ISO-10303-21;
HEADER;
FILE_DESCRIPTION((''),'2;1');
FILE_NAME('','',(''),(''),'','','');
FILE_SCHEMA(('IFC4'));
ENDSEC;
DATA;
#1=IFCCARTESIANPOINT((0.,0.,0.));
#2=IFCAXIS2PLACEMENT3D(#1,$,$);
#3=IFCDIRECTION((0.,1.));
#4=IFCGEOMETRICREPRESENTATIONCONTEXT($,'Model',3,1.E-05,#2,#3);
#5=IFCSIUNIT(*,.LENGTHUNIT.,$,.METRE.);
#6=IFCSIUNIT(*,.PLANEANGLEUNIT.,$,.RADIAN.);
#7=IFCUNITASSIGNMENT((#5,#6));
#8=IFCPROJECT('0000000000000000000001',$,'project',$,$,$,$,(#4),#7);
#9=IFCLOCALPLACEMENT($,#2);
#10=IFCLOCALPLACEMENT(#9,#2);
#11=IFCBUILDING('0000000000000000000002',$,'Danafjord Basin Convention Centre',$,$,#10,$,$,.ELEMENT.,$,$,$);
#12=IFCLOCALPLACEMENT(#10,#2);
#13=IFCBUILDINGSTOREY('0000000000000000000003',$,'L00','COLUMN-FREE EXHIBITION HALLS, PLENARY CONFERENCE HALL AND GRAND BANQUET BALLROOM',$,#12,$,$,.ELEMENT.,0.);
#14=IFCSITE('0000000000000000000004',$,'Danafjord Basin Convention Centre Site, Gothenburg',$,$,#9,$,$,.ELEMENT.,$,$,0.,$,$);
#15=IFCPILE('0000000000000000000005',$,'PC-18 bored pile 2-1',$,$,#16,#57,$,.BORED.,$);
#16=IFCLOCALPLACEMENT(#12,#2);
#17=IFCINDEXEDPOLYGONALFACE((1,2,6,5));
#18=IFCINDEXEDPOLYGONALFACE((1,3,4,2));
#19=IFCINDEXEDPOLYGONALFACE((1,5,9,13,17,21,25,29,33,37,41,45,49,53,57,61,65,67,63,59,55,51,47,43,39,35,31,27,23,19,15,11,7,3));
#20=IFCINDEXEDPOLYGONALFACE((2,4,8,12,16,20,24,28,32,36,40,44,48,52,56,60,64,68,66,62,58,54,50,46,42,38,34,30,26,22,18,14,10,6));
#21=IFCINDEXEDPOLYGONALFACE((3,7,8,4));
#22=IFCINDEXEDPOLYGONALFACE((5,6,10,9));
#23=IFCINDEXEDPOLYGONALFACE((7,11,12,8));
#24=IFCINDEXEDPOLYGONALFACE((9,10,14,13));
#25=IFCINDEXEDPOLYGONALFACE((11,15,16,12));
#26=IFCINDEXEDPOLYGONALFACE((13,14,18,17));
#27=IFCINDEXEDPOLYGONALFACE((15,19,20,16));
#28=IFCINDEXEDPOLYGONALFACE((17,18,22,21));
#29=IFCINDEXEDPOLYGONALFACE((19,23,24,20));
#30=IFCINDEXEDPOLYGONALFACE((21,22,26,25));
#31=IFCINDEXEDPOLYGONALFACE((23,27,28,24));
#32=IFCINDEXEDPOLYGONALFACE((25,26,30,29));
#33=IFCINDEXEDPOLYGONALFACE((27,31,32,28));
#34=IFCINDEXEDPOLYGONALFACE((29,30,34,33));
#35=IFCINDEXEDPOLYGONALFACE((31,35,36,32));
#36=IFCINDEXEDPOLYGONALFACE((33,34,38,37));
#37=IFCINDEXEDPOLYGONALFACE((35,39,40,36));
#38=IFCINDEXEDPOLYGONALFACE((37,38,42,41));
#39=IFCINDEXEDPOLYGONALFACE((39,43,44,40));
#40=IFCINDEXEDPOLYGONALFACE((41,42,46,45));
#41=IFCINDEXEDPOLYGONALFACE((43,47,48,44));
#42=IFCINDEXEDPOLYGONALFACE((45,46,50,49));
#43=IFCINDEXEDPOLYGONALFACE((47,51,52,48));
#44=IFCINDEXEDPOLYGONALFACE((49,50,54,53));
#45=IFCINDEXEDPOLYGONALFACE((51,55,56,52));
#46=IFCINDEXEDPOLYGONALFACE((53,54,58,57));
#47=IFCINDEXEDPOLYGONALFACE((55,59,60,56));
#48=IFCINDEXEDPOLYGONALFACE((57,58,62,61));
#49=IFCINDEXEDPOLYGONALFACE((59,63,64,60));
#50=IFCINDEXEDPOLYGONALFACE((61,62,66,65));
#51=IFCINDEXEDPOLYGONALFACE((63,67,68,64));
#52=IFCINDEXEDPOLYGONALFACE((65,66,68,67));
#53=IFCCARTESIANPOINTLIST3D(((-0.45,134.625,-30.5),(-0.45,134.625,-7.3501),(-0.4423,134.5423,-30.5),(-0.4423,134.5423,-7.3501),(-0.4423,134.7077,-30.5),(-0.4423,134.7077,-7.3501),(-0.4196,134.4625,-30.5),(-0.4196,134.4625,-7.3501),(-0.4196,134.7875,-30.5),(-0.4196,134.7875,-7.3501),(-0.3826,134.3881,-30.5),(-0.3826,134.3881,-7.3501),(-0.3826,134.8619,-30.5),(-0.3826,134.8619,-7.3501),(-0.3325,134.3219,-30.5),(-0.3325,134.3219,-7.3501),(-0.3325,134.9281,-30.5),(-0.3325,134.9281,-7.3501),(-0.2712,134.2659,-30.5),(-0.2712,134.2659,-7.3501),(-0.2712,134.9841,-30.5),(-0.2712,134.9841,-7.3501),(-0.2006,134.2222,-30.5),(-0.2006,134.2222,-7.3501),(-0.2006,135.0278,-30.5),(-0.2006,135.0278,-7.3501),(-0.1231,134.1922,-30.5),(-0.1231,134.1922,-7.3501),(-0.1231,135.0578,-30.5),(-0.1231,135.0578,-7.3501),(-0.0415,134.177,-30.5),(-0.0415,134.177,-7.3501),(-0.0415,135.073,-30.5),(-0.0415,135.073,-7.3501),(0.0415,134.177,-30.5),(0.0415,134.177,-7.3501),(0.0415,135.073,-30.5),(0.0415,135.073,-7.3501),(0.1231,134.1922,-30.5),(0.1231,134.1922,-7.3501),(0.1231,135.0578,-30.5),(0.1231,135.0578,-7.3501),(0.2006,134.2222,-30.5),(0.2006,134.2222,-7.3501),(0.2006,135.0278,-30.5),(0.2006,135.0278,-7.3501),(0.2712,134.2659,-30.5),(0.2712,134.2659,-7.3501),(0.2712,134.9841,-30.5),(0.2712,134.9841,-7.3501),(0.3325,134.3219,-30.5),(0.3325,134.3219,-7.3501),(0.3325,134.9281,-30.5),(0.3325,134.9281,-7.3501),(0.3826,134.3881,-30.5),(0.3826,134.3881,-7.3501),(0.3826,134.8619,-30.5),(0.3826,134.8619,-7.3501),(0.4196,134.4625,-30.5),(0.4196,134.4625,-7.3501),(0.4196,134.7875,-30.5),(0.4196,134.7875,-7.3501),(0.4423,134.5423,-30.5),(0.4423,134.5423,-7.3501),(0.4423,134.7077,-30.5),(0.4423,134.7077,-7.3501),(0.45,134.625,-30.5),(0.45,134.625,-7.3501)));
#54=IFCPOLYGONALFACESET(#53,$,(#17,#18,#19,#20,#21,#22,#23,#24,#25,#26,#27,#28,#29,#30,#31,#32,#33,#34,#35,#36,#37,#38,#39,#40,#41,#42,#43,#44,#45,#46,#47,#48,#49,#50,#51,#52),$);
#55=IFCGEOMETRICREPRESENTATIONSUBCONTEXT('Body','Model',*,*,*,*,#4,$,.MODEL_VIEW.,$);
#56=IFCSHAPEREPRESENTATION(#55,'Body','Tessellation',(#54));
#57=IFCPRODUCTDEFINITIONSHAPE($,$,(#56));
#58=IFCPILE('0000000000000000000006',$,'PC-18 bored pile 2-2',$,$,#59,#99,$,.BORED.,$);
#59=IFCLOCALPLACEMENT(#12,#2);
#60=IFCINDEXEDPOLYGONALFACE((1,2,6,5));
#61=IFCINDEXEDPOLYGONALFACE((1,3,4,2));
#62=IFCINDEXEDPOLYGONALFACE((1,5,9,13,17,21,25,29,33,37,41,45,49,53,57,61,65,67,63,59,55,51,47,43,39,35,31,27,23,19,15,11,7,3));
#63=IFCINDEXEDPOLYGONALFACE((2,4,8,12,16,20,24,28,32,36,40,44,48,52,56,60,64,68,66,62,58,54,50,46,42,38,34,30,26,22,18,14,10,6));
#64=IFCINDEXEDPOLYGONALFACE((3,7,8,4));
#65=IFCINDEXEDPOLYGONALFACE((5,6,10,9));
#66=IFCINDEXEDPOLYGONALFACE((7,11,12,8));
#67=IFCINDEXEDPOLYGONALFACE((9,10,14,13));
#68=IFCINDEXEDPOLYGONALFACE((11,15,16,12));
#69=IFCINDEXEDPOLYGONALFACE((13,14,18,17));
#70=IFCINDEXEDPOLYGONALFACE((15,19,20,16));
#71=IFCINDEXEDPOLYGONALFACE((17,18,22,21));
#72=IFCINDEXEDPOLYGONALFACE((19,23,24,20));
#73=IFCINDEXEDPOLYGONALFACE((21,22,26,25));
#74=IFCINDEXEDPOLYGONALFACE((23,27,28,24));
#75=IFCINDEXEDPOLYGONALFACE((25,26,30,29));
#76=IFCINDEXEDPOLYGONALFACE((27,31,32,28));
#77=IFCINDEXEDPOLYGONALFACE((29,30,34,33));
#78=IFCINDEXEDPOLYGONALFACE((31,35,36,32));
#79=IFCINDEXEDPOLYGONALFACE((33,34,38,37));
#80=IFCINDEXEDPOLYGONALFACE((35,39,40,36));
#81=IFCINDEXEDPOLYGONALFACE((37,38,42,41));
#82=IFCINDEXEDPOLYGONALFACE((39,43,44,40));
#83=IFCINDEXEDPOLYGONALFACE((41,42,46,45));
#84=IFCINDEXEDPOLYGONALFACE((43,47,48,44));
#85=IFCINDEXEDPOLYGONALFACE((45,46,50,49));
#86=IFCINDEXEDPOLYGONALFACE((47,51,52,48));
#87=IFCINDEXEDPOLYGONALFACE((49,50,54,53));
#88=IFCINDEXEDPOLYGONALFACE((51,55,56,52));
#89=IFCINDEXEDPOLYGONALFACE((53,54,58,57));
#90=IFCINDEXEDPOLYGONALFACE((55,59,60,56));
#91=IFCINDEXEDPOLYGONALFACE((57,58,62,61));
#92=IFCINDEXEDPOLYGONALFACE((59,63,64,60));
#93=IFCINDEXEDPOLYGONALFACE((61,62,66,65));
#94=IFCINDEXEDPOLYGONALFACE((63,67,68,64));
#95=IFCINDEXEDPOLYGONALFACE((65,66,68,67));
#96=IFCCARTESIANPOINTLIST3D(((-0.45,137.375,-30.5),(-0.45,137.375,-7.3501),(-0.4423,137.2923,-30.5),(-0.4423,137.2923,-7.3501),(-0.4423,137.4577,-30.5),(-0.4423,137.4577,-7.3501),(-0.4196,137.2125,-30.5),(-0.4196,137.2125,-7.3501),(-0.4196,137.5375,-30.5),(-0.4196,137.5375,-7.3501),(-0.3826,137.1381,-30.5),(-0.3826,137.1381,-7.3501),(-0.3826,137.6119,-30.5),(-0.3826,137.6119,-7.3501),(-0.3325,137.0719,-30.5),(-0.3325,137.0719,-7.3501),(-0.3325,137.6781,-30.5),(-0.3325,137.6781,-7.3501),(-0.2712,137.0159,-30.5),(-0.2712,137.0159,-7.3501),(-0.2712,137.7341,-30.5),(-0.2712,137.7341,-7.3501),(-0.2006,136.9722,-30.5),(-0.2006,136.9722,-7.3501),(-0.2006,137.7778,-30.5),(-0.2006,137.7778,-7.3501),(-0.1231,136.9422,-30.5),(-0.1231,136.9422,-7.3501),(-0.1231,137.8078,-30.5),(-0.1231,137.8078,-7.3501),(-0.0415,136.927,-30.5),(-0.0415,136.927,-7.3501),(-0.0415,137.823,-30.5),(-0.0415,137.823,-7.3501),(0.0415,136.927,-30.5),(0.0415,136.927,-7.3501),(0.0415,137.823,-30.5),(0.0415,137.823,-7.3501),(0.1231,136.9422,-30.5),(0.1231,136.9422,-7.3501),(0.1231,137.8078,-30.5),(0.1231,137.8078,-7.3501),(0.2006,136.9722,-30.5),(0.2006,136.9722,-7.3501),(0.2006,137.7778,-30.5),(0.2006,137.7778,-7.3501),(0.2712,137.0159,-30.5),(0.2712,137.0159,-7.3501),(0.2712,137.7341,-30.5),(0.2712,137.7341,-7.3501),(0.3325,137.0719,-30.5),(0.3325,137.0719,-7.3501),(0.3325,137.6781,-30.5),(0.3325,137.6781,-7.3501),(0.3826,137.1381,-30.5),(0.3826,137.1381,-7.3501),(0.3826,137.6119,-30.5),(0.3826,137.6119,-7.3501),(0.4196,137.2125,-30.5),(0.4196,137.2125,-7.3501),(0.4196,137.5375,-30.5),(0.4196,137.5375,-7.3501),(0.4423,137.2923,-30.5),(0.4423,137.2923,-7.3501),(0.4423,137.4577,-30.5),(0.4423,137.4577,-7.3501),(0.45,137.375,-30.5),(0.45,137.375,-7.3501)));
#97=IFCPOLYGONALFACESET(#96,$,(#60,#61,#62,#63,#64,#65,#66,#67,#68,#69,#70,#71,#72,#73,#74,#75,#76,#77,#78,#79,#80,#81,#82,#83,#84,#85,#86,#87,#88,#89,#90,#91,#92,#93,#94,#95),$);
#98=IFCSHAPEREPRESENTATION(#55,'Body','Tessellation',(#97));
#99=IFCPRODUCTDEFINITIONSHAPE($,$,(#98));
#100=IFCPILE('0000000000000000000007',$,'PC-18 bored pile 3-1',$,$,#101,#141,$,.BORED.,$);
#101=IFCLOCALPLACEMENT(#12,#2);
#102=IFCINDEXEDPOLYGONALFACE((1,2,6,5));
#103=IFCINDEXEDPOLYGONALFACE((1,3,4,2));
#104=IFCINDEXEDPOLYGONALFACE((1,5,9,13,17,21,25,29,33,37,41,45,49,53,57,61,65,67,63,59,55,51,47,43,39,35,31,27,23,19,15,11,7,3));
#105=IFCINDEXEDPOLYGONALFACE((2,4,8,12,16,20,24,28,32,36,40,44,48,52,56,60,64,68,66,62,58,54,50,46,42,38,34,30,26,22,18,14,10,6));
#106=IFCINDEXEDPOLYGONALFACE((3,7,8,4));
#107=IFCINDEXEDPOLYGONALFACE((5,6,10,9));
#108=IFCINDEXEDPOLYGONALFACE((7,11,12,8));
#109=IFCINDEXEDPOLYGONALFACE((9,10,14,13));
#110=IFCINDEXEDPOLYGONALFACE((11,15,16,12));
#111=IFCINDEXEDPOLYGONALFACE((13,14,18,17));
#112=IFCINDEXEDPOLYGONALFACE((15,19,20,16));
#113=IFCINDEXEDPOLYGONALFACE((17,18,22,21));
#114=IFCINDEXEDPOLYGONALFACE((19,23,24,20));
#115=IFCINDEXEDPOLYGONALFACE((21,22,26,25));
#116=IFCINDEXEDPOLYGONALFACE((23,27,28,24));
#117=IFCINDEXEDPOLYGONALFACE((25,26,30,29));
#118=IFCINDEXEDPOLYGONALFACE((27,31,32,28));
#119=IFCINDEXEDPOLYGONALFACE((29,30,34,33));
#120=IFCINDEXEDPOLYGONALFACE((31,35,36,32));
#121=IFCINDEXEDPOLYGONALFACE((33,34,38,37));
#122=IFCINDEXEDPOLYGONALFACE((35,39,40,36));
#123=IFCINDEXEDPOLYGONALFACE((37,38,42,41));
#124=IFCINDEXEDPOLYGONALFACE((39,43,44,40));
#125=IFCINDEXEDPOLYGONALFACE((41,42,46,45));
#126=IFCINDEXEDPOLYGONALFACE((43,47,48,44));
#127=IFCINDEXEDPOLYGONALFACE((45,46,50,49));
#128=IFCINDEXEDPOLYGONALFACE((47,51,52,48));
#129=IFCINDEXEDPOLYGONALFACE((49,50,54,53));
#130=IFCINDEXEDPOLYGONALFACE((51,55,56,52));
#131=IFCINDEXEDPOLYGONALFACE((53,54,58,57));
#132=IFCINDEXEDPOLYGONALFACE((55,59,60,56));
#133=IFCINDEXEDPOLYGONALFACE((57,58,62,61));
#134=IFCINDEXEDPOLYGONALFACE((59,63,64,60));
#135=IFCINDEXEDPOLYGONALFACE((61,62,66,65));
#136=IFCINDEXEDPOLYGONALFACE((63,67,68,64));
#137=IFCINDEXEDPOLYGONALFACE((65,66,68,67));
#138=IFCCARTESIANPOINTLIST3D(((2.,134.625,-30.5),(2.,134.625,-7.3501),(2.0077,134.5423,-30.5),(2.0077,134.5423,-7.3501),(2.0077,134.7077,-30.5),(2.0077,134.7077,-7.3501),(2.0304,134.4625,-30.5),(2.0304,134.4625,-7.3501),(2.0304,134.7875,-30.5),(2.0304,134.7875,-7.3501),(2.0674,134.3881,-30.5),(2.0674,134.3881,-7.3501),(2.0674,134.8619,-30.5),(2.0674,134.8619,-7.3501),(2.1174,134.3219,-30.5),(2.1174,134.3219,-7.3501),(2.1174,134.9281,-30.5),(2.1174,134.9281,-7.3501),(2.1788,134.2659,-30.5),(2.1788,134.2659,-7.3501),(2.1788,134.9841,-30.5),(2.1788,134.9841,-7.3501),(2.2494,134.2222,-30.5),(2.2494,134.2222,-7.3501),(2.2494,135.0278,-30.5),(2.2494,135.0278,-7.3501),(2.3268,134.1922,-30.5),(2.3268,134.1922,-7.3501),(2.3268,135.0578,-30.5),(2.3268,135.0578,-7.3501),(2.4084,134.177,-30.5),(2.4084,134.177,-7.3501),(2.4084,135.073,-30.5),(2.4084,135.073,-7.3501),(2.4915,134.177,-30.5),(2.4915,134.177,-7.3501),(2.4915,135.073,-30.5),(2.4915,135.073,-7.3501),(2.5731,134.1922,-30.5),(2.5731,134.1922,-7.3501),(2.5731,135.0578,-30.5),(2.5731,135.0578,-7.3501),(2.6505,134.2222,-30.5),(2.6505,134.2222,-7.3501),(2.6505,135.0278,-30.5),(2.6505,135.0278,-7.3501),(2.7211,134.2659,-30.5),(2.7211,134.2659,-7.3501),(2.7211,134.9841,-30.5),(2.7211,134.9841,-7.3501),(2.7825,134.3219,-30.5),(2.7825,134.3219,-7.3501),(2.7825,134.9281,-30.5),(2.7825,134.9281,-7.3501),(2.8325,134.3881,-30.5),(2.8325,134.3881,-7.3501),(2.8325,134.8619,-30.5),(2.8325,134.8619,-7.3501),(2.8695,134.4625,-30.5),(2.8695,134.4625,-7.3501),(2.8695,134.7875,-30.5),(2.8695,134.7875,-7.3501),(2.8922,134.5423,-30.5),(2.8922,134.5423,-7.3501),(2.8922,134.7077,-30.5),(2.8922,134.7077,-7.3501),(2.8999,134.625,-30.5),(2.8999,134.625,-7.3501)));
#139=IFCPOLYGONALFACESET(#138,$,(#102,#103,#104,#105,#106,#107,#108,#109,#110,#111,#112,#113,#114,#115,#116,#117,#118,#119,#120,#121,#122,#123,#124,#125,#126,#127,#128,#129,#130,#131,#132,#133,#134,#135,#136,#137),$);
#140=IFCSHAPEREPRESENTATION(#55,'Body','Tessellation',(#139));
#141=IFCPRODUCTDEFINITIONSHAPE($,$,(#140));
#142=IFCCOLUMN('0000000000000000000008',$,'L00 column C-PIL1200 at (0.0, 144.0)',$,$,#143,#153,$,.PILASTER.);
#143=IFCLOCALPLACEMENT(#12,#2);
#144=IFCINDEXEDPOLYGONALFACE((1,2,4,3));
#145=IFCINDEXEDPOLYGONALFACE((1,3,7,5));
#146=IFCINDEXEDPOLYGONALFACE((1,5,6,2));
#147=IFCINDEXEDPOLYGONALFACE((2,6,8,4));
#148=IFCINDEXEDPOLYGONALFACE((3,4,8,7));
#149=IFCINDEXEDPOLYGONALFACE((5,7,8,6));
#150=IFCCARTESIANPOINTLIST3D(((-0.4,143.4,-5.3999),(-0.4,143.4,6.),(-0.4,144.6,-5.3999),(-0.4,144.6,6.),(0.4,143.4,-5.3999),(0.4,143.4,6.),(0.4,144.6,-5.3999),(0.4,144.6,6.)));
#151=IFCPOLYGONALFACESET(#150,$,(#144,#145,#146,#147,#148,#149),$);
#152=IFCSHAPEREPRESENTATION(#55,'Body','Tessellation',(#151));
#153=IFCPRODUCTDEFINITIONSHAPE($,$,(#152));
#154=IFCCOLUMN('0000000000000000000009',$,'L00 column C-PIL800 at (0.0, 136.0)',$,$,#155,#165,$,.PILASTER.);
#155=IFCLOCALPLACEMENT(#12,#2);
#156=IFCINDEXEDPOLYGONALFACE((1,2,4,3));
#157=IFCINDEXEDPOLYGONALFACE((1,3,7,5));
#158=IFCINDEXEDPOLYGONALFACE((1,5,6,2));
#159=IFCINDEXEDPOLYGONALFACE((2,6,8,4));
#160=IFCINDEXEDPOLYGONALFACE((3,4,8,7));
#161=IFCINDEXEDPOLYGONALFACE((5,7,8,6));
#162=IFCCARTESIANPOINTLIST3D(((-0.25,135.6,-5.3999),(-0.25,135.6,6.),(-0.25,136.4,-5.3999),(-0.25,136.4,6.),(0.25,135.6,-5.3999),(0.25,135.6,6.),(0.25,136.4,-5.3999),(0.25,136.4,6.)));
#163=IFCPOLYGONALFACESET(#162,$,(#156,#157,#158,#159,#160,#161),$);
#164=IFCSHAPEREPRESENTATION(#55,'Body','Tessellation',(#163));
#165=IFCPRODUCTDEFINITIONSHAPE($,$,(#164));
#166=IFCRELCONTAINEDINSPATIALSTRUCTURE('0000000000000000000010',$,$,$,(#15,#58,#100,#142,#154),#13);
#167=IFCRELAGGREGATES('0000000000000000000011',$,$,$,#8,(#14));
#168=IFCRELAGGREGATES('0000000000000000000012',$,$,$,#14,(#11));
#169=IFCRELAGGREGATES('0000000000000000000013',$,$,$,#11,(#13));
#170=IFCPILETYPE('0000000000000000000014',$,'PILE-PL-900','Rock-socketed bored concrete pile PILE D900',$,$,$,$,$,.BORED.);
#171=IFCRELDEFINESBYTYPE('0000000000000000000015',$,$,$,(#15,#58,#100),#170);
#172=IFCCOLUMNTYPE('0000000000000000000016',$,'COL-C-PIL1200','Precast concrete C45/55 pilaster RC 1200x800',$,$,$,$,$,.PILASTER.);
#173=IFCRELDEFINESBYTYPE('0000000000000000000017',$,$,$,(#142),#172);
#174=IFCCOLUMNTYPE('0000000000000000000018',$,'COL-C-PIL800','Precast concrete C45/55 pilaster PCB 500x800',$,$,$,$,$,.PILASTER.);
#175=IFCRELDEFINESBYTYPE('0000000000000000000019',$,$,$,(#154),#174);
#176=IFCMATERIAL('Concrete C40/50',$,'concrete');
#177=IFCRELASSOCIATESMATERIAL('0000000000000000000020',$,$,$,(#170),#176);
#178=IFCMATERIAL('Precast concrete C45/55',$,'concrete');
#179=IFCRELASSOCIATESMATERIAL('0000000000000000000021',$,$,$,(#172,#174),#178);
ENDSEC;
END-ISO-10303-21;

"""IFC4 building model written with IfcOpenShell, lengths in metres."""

from ifc_helpers import new_model, si_unit, direction, frame, origin, origin_2d, place, context, subcontext, project, spatial, rectangle, circle, extrude, material, material_profile, profile_set, type_object, element, save


model = new_model("IFC4")

# Units and contexts
model_context = context("Model", 3, precision=1e-05, world=origin(), true_north=direction((0.0, 1.0)))
body_context = subcontext(model_context, "Body", "Model", "MODEL_VIEW")
ifc_project = project(units=[si_unit("LENGTHUNIT", "METRE"), si_unit("PLANEANGLEUNIT", "RADIAN")], contexts=[model_context])

# Site, building, storey
site_placement = place(None, origin())
site = spatial("IfcSite", under=ifc_project, at=site_placement, Name="Danafjord Basin Convention Centre Site, Gothenburg", CompositionType="ELEMENT", RefElevation=0.0)
building_placement = place(site_placement, origin())
building = spatial("IfcBuilding", under=site, at=building_placement, Name="Danafjord Basin Convention Centre", CompositionType="ELEMENT")
storey_placement = place(building_placement, origin())
storey = spatial("IfcBuildingStorey", under=building, at=storey_placement, Name="L00", Description="COLUMN-FREE EXHIBITION HALLS, PLENARY CONFERENCE HALL AND GRAND BANQUET BALLROOM", CompositionType="ELEMENT", Elevation=0.0)

# Shared definitions
ifc_material_1 = material(Name="Concrete C40/50", Category="concrete")

# Piles
ifc_material_profile_1 = material_profile(ifc_material_1, circle(Radius=0.45, at=origin_2d()), Name="PILE D900")
ifc_profile_set_1 = profile_set([ifc_material_profile_1], Name="Concrete C40/50")
pile_type_1 = type_object("IfcPileType", Name="PILE-PL-900", Description="Rock-socketed bored concrete pile PILE D900", PredefinedType="BORED", material=ifc_profile_set_1)
for number, where, z_axis, x_axis, name in (
    (1, (0.0, 134.625, -7.3501), (0.0, 0.0, -1.0), (1.0, 0.0, 0.0), "PC-18 bored pile 2-1"),
    (2, (0.0, 137.375, -7.3501), (0.0, 0.0, -1.0), (1.0, 0.0, 0.0), "PC-18 bored pile 2-2"),
    (3, (2.45, 134.625, -7.3501), (0.0, 0.0, -1.0), (1.0, 0.0, 0.0), "PC-18 bored pile 3-1"),
):
    element("IfcPile", number, at=place(storey_placement, frame(where, z_axis=z_axis, x_axis=x_axis)), inside=storey, type_object=pile_type_1, Name=name, PredefinedType="BORED", context=body_context, shape_type="SweptSolid", body=[
        extrude(circle(Radius=0.45, at=origin_2d()), origin(), (0.0, 0.0, 1.0), 23.1499),
    ])

# Columns
ifc_material_2 = material(Name="Precast concrete C45/55", Category="concrete")
ifc_material_profile_2 = material_profile(ifc_material_2, rectangle(XDim=0.8, YDim=1.2, at=origin_2d()), Name="RC 1200x800")
ifc_profile_set_2 = profile_set([ifc_material_profile_2], Name="Precast concrete C45/55")
column_type_1 = type_object("IfcColumnType", Name="COL-C-PIL1200", Description="Precast concrete C45/55 pilaster RC 1200x800", PredefinedType="PILASTER", material=ifc_profile_set_2)
column_1_placement = place(storey_placement, frame((0.0, 144.0, -5.3999), z_axis=(0.0, 0.0, 1.0), x_axis=(1.0, 0.0, 0.0)))
element("IfcColumn", 4, at=column_1_placement, inside=storey, type_object=column_type_1, Name="L00 column C-PIL1200 at (0.0, 144.0)", PredefinedType="PILASTER", context=body_context, shape_type="SweptSolid", body=[
    extrude(rectangle(XDim=0.8, YDim=1.2, at=origin_2d()), origin(), (0.0, 0.0, 1.0), 11.3999),
])
ifc_material_profile_3 = material_profile(ifc_material_2, rectangle(XDim=0.5, YDim=0.8, at=origin_2d()), Name="PCB 500x800")
ifc_profile_set_3 = profile_set([ifc_material_profile_3], Name="Precast concrete C45/55")
column_type_2 = type_object("IfcColumnType", Name="COL-C-PIL800", Description="Precast concrete C45/55 pilaster PCB 500x800", PredefinedType="PILASTER", material=ifc_profile_set_3)
column_2_placement = place(storey_placement, frame((0.0, 136.0, -5.3999), z_axis=(0.0, 0.0, 1.0), x_axis=(1.0, 0.0, 0.0)))
element("IfcColumn", 5, at=column_2_placement, inside=storey, type_object=column_type_2, Name="L00 column C-PIL800 at (0.0, 136.0)", PredefinedType="PILASTER", context=body_context, shape_type="SweptSolid", body=[
    extrude(rectangle(XDim=0.5, YDim=0.8, at=origin_2d()), origin(), (0.0, 0.0, 1.0), 11.3999),
])

save(model, "model.ifc")
